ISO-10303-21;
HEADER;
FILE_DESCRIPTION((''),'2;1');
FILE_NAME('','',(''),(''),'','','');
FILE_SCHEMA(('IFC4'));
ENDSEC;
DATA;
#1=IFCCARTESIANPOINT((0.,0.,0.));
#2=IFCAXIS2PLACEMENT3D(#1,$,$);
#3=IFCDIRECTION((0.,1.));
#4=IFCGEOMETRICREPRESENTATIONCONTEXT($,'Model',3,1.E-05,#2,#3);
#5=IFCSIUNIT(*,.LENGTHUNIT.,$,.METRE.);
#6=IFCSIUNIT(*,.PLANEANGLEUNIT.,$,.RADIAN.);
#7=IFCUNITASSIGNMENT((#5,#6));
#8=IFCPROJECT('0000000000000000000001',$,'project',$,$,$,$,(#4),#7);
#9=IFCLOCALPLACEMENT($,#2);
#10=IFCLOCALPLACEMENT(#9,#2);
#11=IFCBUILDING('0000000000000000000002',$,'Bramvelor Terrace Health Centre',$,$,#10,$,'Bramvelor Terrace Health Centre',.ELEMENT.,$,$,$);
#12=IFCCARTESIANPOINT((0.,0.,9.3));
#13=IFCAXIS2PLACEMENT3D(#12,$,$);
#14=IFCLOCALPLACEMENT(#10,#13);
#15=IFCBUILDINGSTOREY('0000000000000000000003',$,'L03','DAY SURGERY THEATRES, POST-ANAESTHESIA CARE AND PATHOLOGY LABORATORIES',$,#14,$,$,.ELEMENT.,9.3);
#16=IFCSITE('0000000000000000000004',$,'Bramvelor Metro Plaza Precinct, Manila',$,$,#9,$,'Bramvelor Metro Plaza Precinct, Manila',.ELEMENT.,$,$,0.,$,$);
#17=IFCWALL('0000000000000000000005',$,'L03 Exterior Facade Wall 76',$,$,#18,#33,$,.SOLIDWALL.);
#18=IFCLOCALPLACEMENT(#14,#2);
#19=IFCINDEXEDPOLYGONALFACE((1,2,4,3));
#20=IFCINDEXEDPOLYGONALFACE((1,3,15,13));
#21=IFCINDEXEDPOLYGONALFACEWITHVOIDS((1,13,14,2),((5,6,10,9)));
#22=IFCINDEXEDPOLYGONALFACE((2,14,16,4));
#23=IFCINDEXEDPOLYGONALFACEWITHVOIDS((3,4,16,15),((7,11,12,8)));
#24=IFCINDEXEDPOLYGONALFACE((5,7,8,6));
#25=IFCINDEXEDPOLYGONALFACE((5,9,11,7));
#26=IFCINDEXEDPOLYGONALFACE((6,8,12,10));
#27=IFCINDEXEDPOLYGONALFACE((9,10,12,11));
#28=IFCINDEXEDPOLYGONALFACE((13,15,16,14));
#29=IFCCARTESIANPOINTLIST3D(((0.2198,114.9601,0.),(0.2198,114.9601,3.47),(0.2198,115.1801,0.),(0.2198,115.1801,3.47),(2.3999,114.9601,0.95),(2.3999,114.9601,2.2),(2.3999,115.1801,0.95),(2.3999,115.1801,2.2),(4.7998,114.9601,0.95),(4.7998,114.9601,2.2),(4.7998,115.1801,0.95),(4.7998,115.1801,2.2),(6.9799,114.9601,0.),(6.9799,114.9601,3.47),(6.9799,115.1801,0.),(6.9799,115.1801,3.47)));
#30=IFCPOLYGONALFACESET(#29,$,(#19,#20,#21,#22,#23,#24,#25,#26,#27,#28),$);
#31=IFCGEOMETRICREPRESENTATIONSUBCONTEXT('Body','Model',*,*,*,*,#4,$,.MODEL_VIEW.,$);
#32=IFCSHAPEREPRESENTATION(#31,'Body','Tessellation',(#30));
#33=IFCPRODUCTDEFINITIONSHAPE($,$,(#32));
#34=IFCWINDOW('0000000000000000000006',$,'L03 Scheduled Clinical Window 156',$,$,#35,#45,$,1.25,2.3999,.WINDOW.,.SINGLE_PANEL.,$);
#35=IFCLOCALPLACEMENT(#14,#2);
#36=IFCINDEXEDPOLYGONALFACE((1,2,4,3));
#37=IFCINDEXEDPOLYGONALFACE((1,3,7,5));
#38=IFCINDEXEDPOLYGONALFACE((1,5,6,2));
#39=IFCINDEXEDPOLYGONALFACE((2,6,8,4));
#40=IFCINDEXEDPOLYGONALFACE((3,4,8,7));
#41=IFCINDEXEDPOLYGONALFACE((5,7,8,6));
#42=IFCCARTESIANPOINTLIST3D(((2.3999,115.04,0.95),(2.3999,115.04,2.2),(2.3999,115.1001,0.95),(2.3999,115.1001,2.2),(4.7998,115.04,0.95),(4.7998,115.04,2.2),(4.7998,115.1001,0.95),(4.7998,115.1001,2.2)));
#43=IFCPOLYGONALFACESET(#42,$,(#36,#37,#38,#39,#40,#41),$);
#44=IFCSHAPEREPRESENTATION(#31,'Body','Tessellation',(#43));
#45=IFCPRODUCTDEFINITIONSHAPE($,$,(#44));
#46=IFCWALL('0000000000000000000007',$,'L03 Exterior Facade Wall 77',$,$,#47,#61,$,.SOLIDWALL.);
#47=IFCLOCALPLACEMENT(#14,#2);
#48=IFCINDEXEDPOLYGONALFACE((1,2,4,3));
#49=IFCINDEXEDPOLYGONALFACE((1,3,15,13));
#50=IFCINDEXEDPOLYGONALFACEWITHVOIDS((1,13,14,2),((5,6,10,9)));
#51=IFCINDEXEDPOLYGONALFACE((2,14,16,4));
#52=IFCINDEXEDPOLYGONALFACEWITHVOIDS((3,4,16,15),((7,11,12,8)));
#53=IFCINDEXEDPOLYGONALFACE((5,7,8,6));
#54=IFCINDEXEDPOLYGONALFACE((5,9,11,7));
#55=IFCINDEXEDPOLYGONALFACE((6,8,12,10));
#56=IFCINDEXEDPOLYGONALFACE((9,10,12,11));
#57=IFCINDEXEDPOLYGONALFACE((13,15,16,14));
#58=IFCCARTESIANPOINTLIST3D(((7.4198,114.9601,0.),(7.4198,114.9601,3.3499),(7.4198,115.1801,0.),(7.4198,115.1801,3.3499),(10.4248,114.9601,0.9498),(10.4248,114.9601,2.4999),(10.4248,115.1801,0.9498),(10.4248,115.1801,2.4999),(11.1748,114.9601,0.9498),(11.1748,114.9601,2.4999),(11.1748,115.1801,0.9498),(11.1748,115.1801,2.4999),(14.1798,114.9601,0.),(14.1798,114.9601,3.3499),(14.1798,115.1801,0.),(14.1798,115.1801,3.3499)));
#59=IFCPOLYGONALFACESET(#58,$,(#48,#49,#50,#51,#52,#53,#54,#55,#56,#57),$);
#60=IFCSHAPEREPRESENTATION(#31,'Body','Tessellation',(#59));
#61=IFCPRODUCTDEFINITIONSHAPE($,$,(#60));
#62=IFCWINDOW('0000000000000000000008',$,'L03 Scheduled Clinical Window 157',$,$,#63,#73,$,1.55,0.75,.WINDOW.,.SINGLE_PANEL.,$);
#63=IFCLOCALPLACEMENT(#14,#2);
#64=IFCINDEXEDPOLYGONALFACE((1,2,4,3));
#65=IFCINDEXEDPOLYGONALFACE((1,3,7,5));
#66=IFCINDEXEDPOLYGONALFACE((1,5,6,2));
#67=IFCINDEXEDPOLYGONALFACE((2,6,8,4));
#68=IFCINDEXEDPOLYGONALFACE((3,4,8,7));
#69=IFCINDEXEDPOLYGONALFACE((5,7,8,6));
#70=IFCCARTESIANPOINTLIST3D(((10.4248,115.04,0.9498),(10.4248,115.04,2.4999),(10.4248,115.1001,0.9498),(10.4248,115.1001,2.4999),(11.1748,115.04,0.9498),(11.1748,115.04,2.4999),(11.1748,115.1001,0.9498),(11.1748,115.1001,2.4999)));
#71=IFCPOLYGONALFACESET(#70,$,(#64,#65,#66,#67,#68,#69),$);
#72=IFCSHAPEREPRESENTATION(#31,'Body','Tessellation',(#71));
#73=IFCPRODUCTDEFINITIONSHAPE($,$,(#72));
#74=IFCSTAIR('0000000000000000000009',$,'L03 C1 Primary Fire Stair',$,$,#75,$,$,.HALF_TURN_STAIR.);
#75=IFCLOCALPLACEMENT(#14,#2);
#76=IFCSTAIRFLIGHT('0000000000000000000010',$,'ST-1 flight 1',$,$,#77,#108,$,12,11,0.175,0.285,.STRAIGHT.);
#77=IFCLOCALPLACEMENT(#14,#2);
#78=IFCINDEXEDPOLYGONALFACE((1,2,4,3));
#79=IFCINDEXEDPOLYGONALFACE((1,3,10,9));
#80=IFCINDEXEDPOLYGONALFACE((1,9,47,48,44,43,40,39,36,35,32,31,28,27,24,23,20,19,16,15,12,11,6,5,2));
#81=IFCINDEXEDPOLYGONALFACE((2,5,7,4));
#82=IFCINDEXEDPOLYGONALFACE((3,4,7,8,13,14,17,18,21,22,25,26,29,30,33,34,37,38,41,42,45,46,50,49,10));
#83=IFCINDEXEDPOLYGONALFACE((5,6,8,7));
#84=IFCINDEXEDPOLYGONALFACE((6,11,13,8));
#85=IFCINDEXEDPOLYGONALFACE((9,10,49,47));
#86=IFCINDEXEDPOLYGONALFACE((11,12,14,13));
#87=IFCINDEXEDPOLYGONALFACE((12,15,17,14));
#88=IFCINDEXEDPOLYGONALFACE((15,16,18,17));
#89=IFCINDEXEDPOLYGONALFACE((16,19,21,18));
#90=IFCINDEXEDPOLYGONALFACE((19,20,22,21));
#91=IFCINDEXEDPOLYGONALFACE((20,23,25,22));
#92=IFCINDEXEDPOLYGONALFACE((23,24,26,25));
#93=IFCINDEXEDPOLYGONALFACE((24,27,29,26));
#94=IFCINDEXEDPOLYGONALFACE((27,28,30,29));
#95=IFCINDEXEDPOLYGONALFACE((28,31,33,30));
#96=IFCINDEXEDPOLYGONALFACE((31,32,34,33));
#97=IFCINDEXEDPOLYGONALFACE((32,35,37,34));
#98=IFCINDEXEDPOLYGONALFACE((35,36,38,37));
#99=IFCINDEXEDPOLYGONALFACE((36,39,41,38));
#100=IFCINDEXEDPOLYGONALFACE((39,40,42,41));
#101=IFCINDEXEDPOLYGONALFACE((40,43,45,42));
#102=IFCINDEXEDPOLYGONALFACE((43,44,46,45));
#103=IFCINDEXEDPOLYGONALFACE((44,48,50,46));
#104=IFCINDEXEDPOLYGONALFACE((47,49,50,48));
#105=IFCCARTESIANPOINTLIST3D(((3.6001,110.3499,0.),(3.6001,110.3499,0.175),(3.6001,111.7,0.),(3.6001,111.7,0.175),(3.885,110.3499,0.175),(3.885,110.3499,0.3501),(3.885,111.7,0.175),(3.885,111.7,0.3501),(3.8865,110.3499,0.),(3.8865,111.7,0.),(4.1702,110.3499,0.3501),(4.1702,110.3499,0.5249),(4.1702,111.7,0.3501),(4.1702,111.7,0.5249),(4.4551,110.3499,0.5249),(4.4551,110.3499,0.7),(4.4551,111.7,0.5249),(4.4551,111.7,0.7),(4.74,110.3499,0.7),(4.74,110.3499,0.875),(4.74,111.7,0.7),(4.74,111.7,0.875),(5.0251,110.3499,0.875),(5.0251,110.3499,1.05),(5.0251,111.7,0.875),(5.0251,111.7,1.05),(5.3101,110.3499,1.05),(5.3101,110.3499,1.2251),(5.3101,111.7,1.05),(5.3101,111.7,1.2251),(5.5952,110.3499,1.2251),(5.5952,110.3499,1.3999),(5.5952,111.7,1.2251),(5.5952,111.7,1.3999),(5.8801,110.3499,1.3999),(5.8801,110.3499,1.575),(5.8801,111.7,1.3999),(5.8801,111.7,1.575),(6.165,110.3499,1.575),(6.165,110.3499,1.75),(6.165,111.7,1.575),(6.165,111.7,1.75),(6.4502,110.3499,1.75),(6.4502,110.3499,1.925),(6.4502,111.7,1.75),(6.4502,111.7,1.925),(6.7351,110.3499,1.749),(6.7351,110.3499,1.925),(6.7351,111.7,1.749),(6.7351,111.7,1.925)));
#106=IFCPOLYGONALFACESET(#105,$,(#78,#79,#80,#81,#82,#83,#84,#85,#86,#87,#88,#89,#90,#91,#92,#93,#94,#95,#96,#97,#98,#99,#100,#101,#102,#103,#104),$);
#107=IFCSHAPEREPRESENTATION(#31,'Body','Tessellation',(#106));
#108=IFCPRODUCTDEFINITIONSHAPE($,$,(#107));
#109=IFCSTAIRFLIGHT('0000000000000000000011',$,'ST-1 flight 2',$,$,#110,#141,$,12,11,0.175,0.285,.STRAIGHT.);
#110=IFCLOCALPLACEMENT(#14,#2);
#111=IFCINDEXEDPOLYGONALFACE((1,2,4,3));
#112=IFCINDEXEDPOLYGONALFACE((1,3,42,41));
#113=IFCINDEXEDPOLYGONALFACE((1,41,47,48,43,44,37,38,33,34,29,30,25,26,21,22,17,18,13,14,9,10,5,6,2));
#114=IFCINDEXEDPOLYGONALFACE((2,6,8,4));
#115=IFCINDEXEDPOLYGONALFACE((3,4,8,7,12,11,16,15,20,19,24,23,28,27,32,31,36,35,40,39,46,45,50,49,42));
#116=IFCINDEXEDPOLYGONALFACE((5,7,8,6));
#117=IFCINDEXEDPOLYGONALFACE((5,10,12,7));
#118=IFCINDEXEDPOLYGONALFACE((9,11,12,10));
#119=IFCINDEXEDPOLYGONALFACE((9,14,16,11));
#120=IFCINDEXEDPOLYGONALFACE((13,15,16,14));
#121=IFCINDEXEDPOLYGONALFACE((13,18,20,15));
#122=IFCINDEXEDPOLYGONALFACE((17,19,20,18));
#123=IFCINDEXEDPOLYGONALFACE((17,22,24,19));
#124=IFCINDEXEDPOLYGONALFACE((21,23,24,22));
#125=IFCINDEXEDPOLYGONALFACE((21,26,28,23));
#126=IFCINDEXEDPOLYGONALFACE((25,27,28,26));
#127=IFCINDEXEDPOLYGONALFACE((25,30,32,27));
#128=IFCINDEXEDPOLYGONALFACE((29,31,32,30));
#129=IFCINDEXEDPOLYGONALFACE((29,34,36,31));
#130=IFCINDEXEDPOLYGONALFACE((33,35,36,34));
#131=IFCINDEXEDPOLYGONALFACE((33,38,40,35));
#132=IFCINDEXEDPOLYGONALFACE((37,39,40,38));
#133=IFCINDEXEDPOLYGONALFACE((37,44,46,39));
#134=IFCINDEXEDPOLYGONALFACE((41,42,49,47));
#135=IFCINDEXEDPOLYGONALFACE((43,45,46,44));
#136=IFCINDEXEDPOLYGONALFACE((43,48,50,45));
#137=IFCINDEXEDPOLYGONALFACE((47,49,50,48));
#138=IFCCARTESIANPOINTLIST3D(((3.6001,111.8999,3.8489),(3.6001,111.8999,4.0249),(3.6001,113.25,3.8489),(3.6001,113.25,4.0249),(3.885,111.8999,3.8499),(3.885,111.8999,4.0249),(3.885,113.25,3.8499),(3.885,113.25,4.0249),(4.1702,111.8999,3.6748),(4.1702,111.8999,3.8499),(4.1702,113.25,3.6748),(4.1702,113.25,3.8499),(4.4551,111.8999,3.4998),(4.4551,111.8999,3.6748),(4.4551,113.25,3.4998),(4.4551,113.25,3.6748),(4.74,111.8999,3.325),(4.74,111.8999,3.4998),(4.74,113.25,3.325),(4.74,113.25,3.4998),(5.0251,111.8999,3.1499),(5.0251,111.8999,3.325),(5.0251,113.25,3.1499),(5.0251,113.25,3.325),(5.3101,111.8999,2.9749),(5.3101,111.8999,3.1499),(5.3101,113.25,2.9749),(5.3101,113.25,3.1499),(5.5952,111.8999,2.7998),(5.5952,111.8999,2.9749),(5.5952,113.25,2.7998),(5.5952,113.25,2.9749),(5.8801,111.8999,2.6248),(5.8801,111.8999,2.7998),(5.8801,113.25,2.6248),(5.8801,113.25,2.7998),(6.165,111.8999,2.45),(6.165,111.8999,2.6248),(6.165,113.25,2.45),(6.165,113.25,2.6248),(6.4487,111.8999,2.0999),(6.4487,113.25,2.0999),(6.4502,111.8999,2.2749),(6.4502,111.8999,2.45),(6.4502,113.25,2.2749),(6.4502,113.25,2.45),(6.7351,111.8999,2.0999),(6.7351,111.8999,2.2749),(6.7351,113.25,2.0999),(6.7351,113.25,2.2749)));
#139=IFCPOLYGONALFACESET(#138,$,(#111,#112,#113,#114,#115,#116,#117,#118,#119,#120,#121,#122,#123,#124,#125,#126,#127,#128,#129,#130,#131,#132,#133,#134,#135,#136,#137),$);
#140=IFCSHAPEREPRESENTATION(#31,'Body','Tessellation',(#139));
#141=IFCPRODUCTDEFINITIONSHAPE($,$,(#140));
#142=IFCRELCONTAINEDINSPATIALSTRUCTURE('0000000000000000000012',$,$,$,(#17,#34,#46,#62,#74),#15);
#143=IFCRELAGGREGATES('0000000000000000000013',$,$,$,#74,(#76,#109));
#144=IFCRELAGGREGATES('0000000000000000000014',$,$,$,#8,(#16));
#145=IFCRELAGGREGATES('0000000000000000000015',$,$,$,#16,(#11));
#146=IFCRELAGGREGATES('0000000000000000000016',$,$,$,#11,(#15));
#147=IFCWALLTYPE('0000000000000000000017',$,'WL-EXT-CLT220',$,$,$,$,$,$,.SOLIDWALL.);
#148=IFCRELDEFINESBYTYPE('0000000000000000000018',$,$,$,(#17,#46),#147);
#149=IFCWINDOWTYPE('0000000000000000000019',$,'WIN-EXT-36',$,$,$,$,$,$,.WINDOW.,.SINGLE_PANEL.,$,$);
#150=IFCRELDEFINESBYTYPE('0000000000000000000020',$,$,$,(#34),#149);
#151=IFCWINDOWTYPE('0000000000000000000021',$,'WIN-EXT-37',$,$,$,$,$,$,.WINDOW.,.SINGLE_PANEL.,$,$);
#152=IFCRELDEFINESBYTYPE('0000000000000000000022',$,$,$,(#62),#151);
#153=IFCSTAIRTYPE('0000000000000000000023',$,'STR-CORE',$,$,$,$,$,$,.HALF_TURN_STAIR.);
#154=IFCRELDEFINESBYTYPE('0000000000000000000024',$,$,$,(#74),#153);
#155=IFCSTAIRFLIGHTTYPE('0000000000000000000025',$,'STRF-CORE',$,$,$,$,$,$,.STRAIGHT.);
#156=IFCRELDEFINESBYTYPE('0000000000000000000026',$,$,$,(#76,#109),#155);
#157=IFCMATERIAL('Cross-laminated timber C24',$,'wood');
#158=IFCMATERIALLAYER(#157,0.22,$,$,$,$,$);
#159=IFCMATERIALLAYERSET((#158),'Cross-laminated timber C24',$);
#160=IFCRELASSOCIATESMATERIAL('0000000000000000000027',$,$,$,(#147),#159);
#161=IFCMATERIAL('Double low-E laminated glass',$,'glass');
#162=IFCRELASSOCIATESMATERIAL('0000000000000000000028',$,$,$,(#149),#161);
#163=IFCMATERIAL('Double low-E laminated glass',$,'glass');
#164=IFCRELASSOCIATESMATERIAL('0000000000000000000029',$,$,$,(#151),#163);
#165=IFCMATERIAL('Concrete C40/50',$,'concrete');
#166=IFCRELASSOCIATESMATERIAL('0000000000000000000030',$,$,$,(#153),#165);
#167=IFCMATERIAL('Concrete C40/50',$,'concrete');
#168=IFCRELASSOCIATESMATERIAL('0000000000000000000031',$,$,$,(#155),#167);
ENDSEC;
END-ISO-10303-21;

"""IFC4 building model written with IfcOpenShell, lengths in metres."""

from ifc_helpers import new_model, si_unit, direction, frame, frame_2d, origin, place, context, subcontext, project, spatial, polyline, rectangle, outline, extrude, material, layer, layer_set, type_object, element, fill, aggregate, save


model = new_model("IFC4")

# Units and contexts
model_context = context("Model", 3, precision=1e-05, world=origin(), true_north=direction((0.0, 1.0)))
body_context = subcontext(model_context, "Body", "Model", "MODEL_VIEW")
ifc_project = project(units=[si_unit("LENGTHUNIT", "METRE"), si_unit("PLANEANGLEUNIT", "RADIAN")], contexts=[model_context])

# Site, building, storey
site_placement = place(None, origin())
site = spatial("IfcSite", under=ifc_project, at=site_placement, Name="Bramvelor Metro Plaza Precinct, Manila", LongName="Bramvelor Metro Plaza Precinct, Manila", CompositionType="ELEMENT", RefElevation=0.0)
building_placement = place(site_placement, origin())
building = spatial("IfcBuilding", under=site, at=building_placement, Name="Bramvelor Terrace Health Centre", LongName="Bramvelor Terrace Health Centre", CompositionType="ELEMENT")
storey_placement = place(building_placement, frame((0.0, 0.0, 9.3)))
storey = spatial("IfcBuildingStorey", under=building, at=storey_placement, Name="L03", Description="DAY SURGERY THEATRES, POST-ANAESTHESIA CARE AND PATHOLOGY LABORATORIES", CompositionType="ELEMENT", Elevation=9.3)

# Walls, openings, windows
ifc_material_1 = material(Name="Cross-laminated timber C24", Category="wood")
ifc_layer_1 = layer(ifc_material_1, 0.22)
ifc_layer_set_1 = layer_set([ifc_layer_1], Name="Cross-laminated timber C24")
wall_type_1 = type_object("IfcWallType", Name="WL-EXT-CLT220", PredefinedType="SOLIDWALL", material=ifc_layer_set_1)
wall_1_placement = place(storey_placement, frame((0.22, 115.0701, 0.0), z_axis=(0.0, 0.0, 1.0), x_axis=(1.0, 0.0, 0.0)))
wall_1 = element("IfcWall", 1, at=wall_1_placement, inside=storey, type_object=wall_type_1, Name="L03 Exterior Facade Wall 76", PredefinedType="SOLIDWALL", context=body_context, shape_type="SweptSolid", body=[
    extrude(rectangle(XDim=6.76, YDim=0.22, at=frame_2d((3.3799, 0.0))), origin(), (0.0, 0.0, 1.0), 3.47),
])
opening_1_placement = place(wall_1_placement, frame((2.1799, 0.0, 0.95)))
opening_1 = element("IfcOpeningElement", 2, at=opening_1_placement, cuts=wall_1, PredefinedType="OPENING", context=body_context, shape_type="SweptSolid", body=[
    extrude(rectangle(XDim=2.3999, YDim=1.25, at=frame_2d((1.2, 0.625))), frame((0.0, 0.1199, 0.0), z_axis=(0.0, -1.0, 0.0), x_axis=(1.0, 0.0, 0.0)), (0.0, 0.0, 1.0), 0.24),
])
ifc_material_2 = material(Name="Double low-E laminated glass", Category="glass")
window_type_1 = type_object("IfcWindowType", Name="WIN-EXT-36", PartitioningType="SINGLE_PANEL", PredefinedType="WINDOW", material=ifc_material_2)
window_1_placement = place(opening_1_placement, origin())
window_1 = element("IfcWindow", 3, at=window_1_placement, inside=storey, type_object=window_type_1, Name="L03 Scheduled Clinical Window 156", OverallHeight=1.25, OverallWidth=2.3999, PartitioningType="SINGLE_PANEL", PredefinedType="WINDOW", context=body_context, shape_type="SweptSolid", body=[
    extrude(rectangle(XDim=2.3999, YDim=1.25, at=frame_2d((1.2, 0.625))), frame((0.0, 0.03, 0.0), z_axis=(0.0, -1.0, 0.0), x_axis=(1.0, 0.0, 0.0)), (0.0, 0.0, 1.0), 0.0601),
])
fill(opening_1, window_1)
wall_2_placement = place(storey_placement, frame((7.4199, 115.0701, 0.0), z_axis=(0.0, 0.0, 1.0), x_axis=(1.0, 0.0, 0.0)))
wall_2 = element("IfcWall", 4, at=wall_2_placement, inside=storey, type_object=wall_type_1, Name="L03 Exterior Facade Wall 77", PredefinedType="SOLIDWALL", context=body_context, shape_type="SweptSolid", body=[
    extrude(rectangle(XDim=6.76, YDim=0.22, at=frame_2d((3.3799, 0.0))), origin(), (0.0, 0.0, 1.0), 3.3499),
])
opening_2_placement = place(wall_2_placement, frame((3.0049, 0.0, 0.95)))
opening_2 = element("IfcOpeningElement", 5, at=opening_2_placement, cuts=wall_2, PredefinedType="OPENING", context=body_context, shape_type="SweptSolid", body=[
    extrude(rectangle(XDim=0.75, YDim=1.55, at=frame_2d((0.375, 0.7749))), frame((0.0, 0.1199, 0.0), z_axis=(0.0, -1.0, 0.0), x_axis=(1.0, 0.0, 0.0)), (0.0, 0.0, 1.0), 0.24),
])
ifc_material_3 = material(Name="Double low-E laminated glass", Category="glass")
window_type_2 = type_object("IfcWindowType", Name="WIN-EXT-37", PartitioningType="SINGLE_PANEL", PredefinedType="WINDOW", material=ifc_material_3)
window_2_placement = place(opening_2_placement, origin())
window_2 = element("IfcWindow", 6, at=window_2_placement, inside=storey, type_object=window_type_2, Name="L03 Scheduled Clinical Window 157", OverallHeight=1.55, OverallWidth=0.75, PartitioningType="SINGLE_PANEL", PredefinedType="WINDOW", context=body_context, shape_type="SweptSolid", body=[
    extrude(rectangle(XDim=0.75, YDim=1.55, at=frame_2d((0.375, 0.7749))), frame((0.0, 0.03, 0.0), z_axis=(0.0, -1.0, 0.0), x_axis=(1.0, 0.0, 0.0)), (0.0, 0.0, 1.0), 0.0601),
])
fill(opening_2, window_2)

# Stair, stair flights
ifc_material_4 = material(Name="Concrete C40/50", Category="concrete")
stair_type = type_object("IfcStairType", Name="STR-CORE", PredefinedType="HALF_TURN_STAIR", material=ifc_material_4)
stair_placement = place(storey_placement, origin())
stair = element("IfcStair", 7, at=stair_placement, inside=storey, type_object=stair_type, Name="L03 C1 Primary Fire Stair", PredefinedType="HALF_TURN_STAIR")
ifc_material_5 = material(Name="Concrete C40/50", Category="concrete")
stair_flight_type = type_object("IfcStairFlightType", Name="STRF-CORE", PredefinedType="STRAIGHT", material=ifc_material_5)
stair_flight_1_placement = place(storey_placement, frame((3.6001, 111.0249, 0.0), z_axis=(0.0, 0.0, 1.0), x_axis=(1.0, 0.0, 0.0)))
stair_flight_1 = element("IfcStairFlight", 8, at=stair_flight_1_placement, type_object=stair_flight_type, Name="ST-1 flight 1", NumberOfRisers=12, NumberOfTreads=11, PredefinedType="STRAIGHT", RiserHeight=0.175, TreadLength=0.285, context=body_context, shape_type="SweptSolid", body=[
    extrude(outline(polyline([(0.0, 0.0), (0.0, 0.175), (0.2849, 0.175), (0.2849, 0.3501), (0.5701, 0.3501), (0.5701, 0.5249), (0.855, 0.5249), (0.855, 0.7), (1.1399, 0.7), (1.1399, 0.875), (1.425, 0.875), (1.425, 1.05), (1.71, 1.05), (1.71, 1.2251), (1.9951, 1.2251), (1.9951, 1.3999), (2.28, 1.3999), (2.28, 1.575), (2.5649, 1.575), (2.5649, 1.75), (2.8501, 1.75), (2.8501, 1.925), (3.135, 1.925), (3.135, 2.1001), (3.135, 1.749), (0.2864, 0.0), (0.0, 0.0)])), frame((0.0, 0.675, 0.0), z_axis=(0.0, -1.0, 0.0), x_axis=(1.0, 0.0, 0.0)), (0.0, 0.0, 1.0), 1.3501),
])
stair_flight_2_placement = place(storey_placement, frame((6.7351, 112.575, 2.0999), z_axis=(0.0, 0.0, 1.0), x_axis=(-1.0, 0.0, 0.0)))
stair_flight_2 = element("IfcStairFlight", 9, at=stair_flight_2_placement, type_object=stair_flight_type, Name="ST-1 flight 2", NumberOfRisers=12, NumberOfTreads=11, PredefinedType="STRAIGHT", RiserHeight=0.175, TreadLength=0.285, context=body_context, shape_type="SweptSolid", body=[
    extrude(outline(polyline([(0.0, 0.0), (0.0, 0.175), (0.2849, 0.175), (0.2849, 0.3501), (0.5701, 0.3501), (0.5701, 0.5249), (0.855, 0.5249), (0.855, 0.7), (1.1399, 0.7), (1.1399, 0.875), (1.425, 0.875), (1.425, 1.05), (1.71, 1.05), (1.71, 1.2251), (1.9951, 1.2251), (1.9951, 1.3999), (2.28, 1.3999), (2.28, 1.575), (2.5649, 1.575), (2.5649, 1.75), (2.8501, 1.75), (2.8501, 1.925), (3.135, 1.925), (3.135, 2.1001), (3.135, 1.749), (0.2864, 0.0), (0.0, 0.0)])), frame((0.0, 0.675, 0.0), z_axis=(0.0, -1.0, 0.0), x_axis=(1.0, 0.0, 0.0)), (0.0, 0.0, 1.0), 1.3501),
])
aggregate(stair, [stair_flight_1, stair_flight_2])

save(model, "model.ifc")
